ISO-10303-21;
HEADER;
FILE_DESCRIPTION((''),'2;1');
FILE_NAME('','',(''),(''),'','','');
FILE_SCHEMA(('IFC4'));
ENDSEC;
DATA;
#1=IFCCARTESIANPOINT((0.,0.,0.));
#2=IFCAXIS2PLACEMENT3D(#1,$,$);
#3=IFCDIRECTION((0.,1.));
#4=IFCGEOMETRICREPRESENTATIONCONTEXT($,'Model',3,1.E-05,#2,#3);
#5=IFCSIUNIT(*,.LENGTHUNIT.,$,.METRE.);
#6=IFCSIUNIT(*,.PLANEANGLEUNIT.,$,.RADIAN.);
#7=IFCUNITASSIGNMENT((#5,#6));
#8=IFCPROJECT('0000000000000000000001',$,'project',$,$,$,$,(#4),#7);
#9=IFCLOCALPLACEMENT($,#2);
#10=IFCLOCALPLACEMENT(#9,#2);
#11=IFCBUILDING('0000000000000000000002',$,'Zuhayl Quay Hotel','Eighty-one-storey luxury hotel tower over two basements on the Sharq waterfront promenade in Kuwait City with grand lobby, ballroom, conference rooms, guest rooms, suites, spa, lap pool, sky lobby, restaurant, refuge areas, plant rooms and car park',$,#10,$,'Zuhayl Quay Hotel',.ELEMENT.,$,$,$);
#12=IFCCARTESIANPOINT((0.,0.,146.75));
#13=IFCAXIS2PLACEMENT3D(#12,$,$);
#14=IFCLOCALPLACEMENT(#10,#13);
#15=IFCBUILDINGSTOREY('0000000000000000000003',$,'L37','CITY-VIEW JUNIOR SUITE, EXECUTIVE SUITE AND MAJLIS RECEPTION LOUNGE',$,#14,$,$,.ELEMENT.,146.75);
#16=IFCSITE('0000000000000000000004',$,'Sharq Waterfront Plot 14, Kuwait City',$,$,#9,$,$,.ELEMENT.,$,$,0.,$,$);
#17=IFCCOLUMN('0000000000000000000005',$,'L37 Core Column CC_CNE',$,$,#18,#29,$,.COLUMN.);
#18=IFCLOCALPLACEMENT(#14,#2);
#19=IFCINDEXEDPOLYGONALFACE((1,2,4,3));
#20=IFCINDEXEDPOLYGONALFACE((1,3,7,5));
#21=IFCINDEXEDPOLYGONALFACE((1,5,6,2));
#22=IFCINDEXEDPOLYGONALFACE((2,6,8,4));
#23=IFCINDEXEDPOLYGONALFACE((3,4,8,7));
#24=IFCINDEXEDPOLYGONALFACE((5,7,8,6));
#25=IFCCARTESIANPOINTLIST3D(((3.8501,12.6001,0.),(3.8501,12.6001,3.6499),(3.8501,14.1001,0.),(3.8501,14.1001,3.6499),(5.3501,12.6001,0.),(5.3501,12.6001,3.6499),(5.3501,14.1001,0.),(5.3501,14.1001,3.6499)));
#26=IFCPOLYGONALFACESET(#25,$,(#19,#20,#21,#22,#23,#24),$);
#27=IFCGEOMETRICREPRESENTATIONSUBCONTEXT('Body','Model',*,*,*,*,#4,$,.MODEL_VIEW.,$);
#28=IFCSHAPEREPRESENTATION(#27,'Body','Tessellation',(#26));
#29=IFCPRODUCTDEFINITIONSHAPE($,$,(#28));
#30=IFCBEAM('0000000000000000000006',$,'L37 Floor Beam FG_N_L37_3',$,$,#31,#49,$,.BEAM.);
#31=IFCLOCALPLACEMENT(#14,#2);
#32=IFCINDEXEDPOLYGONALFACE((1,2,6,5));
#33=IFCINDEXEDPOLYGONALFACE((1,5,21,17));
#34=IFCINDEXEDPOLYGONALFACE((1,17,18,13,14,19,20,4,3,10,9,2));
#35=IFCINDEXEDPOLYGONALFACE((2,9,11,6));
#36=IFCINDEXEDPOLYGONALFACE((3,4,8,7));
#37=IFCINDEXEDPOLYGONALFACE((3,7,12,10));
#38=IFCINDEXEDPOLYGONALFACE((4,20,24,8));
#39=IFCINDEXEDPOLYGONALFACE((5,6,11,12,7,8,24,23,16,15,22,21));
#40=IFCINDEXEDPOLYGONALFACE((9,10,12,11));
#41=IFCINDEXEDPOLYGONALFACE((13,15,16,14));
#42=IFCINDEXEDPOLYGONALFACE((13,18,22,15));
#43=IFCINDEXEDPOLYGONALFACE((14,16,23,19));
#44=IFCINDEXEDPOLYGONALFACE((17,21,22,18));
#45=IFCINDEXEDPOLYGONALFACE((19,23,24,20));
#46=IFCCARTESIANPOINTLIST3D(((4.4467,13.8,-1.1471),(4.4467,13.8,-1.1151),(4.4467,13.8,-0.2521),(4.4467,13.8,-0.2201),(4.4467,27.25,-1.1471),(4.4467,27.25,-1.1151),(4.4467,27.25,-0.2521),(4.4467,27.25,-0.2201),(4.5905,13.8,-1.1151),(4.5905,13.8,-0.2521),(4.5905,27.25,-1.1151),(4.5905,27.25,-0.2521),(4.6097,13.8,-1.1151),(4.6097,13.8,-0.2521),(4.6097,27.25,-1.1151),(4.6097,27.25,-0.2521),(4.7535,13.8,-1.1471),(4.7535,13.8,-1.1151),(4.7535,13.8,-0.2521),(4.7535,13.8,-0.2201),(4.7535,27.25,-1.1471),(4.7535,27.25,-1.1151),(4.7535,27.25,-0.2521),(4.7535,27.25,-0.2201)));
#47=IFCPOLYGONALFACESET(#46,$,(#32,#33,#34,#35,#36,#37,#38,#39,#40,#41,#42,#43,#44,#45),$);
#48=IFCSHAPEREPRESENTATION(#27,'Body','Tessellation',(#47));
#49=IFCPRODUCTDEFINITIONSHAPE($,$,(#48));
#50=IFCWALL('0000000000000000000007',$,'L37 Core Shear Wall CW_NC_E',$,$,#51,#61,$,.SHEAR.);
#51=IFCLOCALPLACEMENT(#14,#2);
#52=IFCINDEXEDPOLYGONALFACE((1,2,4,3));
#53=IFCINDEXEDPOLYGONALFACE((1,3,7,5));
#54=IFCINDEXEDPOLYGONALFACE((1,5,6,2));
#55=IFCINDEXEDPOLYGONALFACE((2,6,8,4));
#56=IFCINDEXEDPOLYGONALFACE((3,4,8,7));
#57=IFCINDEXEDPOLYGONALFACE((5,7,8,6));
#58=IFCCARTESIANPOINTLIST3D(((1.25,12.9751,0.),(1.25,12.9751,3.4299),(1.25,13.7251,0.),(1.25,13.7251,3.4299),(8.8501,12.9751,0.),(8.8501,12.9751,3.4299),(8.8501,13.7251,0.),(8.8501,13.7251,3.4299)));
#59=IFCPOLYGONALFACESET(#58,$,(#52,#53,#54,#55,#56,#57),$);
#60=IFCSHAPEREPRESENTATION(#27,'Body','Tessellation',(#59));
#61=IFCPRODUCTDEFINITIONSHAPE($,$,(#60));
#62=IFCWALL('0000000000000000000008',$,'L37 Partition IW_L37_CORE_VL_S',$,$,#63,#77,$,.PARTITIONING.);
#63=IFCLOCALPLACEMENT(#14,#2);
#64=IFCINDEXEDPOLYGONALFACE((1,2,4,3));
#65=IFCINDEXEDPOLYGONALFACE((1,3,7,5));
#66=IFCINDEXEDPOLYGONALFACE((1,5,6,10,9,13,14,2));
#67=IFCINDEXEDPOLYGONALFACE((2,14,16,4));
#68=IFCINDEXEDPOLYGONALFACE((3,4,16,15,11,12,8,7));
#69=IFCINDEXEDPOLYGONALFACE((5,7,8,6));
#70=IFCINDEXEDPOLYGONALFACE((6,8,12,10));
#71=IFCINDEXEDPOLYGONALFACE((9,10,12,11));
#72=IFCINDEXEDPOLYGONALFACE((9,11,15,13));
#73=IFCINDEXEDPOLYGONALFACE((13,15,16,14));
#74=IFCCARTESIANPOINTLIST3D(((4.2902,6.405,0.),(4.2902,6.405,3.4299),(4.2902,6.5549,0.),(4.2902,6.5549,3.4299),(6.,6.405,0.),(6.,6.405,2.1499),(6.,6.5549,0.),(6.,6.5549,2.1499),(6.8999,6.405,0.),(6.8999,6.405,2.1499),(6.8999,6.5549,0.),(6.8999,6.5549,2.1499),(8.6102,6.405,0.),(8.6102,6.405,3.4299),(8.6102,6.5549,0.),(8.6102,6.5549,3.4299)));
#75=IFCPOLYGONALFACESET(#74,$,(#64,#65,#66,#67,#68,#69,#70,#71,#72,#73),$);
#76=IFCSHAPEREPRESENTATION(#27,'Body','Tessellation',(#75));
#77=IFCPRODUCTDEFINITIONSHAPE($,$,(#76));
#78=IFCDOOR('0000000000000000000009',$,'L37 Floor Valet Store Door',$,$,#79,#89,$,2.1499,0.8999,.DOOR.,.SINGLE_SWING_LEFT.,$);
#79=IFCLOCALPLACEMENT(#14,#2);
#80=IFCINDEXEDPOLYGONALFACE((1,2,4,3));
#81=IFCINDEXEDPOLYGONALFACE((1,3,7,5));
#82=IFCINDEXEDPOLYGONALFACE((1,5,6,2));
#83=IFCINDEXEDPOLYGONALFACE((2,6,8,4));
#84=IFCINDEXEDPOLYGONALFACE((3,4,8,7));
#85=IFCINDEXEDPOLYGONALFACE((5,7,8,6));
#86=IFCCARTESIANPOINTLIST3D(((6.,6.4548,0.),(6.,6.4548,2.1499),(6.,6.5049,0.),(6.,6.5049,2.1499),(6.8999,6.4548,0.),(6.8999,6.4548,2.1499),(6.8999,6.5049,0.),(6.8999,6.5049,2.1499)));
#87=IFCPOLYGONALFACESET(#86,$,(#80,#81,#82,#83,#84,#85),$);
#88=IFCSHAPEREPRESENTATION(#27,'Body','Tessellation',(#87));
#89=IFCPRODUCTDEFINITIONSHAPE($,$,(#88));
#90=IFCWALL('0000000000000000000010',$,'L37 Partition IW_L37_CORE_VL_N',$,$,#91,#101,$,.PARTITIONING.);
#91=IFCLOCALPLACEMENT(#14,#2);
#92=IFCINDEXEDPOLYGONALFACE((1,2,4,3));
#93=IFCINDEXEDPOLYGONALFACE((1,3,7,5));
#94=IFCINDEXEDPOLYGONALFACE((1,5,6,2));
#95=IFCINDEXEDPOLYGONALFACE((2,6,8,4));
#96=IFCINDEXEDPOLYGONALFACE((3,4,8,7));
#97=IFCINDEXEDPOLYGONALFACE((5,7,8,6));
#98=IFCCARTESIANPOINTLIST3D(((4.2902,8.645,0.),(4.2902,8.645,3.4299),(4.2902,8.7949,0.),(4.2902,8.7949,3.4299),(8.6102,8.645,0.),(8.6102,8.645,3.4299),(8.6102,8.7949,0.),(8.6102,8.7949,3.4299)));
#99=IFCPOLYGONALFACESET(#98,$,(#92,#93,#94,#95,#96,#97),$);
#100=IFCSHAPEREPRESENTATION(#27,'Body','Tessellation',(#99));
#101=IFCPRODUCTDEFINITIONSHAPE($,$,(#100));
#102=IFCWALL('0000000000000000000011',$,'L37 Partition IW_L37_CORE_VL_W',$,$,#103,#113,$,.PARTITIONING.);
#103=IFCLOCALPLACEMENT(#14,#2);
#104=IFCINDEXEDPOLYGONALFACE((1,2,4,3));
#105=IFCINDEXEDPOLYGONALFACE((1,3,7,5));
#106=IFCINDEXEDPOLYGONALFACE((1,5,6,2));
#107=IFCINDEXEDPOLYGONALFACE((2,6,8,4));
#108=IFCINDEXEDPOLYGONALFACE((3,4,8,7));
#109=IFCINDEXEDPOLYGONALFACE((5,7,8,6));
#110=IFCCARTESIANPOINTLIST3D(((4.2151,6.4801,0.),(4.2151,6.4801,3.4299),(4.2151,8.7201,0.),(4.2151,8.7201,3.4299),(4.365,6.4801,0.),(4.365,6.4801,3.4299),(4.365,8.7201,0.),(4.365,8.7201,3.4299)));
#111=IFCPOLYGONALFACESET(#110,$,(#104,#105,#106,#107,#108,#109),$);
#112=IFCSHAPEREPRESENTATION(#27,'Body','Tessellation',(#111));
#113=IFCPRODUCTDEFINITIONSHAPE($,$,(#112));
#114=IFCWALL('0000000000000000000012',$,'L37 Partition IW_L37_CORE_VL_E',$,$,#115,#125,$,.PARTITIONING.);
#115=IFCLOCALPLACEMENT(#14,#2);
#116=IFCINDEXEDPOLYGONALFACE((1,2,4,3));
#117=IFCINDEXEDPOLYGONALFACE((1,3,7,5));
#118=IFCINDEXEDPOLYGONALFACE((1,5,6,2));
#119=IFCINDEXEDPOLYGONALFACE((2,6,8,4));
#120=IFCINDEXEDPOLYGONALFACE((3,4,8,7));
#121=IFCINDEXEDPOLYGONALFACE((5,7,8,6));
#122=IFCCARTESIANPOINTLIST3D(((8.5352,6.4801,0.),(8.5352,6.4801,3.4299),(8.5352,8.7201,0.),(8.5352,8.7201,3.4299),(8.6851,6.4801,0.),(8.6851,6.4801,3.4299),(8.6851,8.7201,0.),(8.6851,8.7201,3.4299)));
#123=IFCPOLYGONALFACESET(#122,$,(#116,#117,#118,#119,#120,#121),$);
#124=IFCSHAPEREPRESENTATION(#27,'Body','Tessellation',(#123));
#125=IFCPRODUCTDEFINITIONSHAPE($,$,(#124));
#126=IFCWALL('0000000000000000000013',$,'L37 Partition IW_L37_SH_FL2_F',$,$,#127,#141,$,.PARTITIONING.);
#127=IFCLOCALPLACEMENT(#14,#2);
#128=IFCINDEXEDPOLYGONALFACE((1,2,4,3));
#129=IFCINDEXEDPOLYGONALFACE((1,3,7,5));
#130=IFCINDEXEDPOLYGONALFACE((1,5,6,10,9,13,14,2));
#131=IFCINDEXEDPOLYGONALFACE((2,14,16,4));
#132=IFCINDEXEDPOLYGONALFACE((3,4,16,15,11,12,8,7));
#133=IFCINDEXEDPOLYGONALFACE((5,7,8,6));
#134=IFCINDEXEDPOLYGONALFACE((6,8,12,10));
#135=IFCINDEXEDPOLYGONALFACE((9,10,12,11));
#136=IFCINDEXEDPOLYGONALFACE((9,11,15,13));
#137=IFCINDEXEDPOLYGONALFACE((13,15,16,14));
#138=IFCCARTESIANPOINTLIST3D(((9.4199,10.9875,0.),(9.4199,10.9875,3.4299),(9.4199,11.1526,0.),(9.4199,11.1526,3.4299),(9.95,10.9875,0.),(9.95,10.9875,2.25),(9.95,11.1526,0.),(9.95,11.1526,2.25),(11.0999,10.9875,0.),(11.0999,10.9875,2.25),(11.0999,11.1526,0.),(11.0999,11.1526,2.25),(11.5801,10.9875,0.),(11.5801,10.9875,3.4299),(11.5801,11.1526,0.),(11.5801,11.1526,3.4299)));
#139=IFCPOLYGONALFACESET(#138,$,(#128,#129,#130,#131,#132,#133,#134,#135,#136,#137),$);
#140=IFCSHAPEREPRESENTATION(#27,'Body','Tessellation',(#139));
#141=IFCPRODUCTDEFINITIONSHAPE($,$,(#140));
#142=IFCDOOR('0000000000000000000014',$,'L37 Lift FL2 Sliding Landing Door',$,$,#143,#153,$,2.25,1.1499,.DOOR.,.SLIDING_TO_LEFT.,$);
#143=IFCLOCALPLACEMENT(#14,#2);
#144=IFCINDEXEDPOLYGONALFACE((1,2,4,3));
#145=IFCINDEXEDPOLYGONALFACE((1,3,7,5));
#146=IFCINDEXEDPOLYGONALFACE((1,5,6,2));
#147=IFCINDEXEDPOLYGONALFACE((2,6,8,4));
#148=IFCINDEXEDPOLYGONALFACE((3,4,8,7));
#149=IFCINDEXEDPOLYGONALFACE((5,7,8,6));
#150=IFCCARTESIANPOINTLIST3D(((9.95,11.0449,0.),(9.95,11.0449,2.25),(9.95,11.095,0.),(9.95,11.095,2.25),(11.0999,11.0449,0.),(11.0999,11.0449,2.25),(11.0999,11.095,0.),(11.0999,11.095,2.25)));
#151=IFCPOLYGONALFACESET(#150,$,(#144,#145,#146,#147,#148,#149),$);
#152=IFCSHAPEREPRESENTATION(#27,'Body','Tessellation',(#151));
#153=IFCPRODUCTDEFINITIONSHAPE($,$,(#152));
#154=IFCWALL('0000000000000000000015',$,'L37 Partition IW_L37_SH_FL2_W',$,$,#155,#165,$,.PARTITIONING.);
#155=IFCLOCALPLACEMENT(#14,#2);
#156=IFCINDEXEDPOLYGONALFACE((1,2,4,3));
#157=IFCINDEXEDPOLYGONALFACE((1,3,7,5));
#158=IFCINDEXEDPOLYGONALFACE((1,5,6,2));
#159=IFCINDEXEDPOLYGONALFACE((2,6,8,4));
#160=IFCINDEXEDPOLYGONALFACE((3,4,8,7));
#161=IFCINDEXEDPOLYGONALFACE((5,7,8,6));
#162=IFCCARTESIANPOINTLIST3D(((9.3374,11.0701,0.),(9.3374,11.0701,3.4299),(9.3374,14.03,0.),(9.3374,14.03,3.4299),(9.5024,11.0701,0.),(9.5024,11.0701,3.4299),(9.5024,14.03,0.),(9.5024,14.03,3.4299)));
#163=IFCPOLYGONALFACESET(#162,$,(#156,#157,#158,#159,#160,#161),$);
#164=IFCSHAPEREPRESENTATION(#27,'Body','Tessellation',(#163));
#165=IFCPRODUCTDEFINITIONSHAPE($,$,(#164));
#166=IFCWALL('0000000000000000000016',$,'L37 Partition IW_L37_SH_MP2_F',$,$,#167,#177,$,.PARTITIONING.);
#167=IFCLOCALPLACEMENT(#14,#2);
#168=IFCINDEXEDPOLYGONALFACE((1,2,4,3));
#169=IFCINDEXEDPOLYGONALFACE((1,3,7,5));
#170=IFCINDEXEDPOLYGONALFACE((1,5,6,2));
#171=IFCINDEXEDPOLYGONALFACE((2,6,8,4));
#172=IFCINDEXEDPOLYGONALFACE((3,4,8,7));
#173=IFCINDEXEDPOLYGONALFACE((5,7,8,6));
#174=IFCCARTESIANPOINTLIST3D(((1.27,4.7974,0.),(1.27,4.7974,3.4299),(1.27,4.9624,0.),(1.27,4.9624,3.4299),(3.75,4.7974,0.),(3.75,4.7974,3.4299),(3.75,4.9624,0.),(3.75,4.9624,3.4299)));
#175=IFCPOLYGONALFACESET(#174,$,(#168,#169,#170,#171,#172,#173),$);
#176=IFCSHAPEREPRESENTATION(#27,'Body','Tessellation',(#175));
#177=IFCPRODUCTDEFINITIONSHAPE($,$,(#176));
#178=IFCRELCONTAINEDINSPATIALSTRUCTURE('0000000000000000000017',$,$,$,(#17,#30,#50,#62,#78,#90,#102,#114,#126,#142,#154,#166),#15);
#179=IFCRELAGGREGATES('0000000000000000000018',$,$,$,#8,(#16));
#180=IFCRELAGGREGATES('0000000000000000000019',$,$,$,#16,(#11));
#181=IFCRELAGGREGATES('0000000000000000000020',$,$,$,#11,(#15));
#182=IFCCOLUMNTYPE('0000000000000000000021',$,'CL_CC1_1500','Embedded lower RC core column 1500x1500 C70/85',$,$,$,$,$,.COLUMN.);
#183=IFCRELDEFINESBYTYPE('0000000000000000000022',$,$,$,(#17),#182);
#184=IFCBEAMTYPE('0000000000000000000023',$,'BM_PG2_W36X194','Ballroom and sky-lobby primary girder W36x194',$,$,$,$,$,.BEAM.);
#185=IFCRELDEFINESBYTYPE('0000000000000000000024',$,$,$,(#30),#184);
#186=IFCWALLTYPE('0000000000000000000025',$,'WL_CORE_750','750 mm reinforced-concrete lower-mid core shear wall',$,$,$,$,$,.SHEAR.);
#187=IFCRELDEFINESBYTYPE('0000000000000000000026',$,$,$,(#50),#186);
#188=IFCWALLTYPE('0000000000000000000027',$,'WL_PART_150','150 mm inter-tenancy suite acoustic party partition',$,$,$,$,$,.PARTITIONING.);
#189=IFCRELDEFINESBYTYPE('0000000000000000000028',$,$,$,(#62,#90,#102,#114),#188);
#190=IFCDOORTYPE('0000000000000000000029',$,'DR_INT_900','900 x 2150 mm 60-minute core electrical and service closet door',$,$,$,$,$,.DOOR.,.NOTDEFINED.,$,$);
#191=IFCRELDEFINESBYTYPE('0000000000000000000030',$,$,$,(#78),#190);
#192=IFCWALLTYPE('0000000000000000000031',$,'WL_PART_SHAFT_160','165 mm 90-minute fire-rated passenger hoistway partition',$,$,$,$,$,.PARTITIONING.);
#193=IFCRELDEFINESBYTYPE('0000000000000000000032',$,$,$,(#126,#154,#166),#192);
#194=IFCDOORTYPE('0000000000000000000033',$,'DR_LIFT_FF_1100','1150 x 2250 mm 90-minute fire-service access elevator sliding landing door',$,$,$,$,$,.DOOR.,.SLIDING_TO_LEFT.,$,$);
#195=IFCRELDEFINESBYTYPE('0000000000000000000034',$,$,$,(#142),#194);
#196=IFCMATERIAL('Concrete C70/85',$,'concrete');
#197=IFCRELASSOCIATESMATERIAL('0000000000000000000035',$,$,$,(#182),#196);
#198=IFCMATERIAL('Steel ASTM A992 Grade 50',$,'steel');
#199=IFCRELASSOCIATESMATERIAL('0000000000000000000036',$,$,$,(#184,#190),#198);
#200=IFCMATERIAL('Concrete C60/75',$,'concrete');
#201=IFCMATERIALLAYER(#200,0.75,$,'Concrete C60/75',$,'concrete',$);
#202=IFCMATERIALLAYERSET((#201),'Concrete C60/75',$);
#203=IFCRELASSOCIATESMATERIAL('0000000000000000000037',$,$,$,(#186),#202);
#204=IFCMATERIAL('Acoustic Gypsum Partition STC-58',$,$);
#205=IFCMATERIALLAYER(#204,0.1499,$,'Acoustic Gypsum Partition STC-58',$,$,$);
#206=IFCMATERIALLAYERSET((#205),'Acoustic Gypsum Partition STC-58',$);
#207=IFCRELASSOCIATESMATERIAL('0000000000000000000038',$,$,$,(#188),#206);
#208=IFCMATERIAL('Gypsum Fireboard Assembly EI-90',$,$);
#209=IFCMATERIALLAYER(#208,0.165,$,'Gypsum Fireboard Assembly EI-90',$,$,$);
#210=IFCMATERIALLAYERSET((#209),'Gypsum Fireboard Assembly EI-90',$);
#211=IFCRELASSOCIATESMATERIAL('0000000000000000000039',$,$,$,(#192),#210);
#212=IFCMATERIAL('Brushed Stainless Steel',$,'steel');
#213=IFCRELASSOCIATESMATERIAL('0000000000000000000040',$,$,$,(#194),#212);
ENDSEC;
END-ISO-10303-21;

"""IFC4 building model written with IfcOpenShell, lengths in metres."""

from ifc_helpers import new_model, si_unit, direction, frame, frame_2d, origin, origin_2d, place, context, subcontext, project, spatial, rectangle, i_section, extrude, material, layer, layer_set, material_profile, profile_set, type_object, element, fill, save


model = new_model("IFC4")

# Units and contexts
model_context = context("Model", 3, precision=1e-05, world=origin(), true_north=direction((0.0, 1.0)))
body_context = subcontext(model_context, "Body", "Model", "MODEL_VIEW")
ifc_project = project(units=[si_unit("LENGTHUNIT", "METRE"), si_unit("PLANEANGLEUNIT", "RADIAN")], contexts=[model_context])

# Site, building, storey
site_placement = place(None, origin())
site = spatial("IfcSite", under=ifc_project, at=site_placement, Name="Sharq Waterfront Plot 14, Kuwait City", CompositionType="ELEMENT", RefElevation=0.0)
building_placement = place(site_placement, origin())
building = spatial("IfcBuilding", under=site, at=building_placement, Name="Zuhayl Quay Hotel", Description="Eighty-one-storey luxury hotel tower over two basements on the Sharq waterfront promenade in Kuwait City with grand lobby, ballroom, conference rooms, guest rooms, suites, spa, lap pool, sky lobby, restaurant, refuge areas, plant rooms and car park", LongName="Zuhayl Quay Hotel", CompositionType="ELEMENT")
storey_placement = place(building_placement, frame((0.0, 0.0, 146.75)))
storey = spatial("IfcBuildingStorey", under=building, at=storey_placement, Name="L37", Description="CITY-VIEW JUNIOR SUITE, EXECUTIVE SUITE AND MAJLIS RECEPTION LOUNGE", CompositionType="ELEMENT", Elevation=146.75)

# Column
ifc_material_1 = material(Name="Concrete C70/85", Category="concrete")
ifc_material_profile_1 = material_profile(ifc_material_1, rectangle(XDim=1.5, YDim=1.5, at=origin_2d()), Name="RC1500X1500")
ifc_profile_set_1 = profile_set([ifc_material_profile_1], Name="Concrete C70/85")
column_type = type_object("IfcColumnType", Name="CL_CC1_1500", Description="Embedded lower RC core column 1500x1500 C70/85", PredefinedType="COLUMN", material=ifc_profile_set_1)
column_placement = place(storey_placement, frame((4.6001, 13.3501, 0.0), z_axis=(0.0, 0.0, 1.0), x_axis=(1.0, 0.0, 0.0)))
element("IfcColumn", 1, at=column_placement, inside=storey, type_object=column_type, Name="L37 Core Column CC_CNE", PredefinedType="COLUMN", context=body_context, shape_type="SweptSolid", body=[
    extrude(rectangle(XDim=1.5, YDim=1.5, at=origin_2d()), origin(), (0.0, 0.0, 1.0), 3.6499),
])

# Beam
ifc_material_2 = material(Name="Steel ASTM A992 Grade 50", Category="steel")
ifc_material_profile_2 = material_profile(ifc_material_2, i_section(OverallWidth=0.3069, OverallDepth=0.927, WebThickness=0.0193, FlangeThickness=0.032, at=origin_2d()), Name="W36X194")
ifc_profile_set_2 = profile_set([ifc_material_profile_2], Name="Steel ASTM A992 Grade 50")
beam_type = type_object("IfcBeamType", Name="BM_PG2_W36X194", Description="Ballroom and sky-lobby primary girder W36x194", PredefinedType="BEAM", material=ifc_profile_set_2)
beam_placement = place(storey_placement, frame((4.6001, 13.8, -0.6836), z_axis=(0.0, 1.0, 0.0), x_axis=(-1.0, 0.0, 0.0)))
element("IfcBeam", 2, at=beam_placement, inside=storey, type_object=beam_type, Name="L37 Floor Beam FG_N_L37_3", PredefinedType="BEAM", context=body_context, shape_type="SweptSolid", body=[
    extrude(i_section(OverallWidth=0.3069, OverallDepth=0.927, WebThickness=0.0193, FlangeThickness=0.032, at=origin_2d()), origin(), (0.0, 0.0, 1.0), 13.45),
])

# Wall
ifc_material_3 = material(Name="Concrete C60/75", Category="concrete")
ifc_layer_1 = layer(ifc_material_3, 0.75, Name="Concrete C60/75", Category="concrete")
ifc_layer_set_1 = layer_set([ifc_layer_1], Name="Concrete C60/75")
wall_type_1 = type_object("IfcWallType", Name="WL_CORE_750", Description="750 mm reinforced-concrete lower-mid core shear wall", PredefinedType="SHEAR", material=ifc_layer_set_1)
wall_1_placement = place(storey_placement, frame((1.25, 13.3501, 0.0), z_axis=(0.0, 0.0, 1.0), x_axis=(1.0, 0.0, 0.0)))
element("IfcWall", 3, at=wall_1_placement, inside=storey, type_object=wall_type_1, Name="L37 Core Shear Wall CW_NC_E", PredefinedType="SHEAR", context=body_context, shape_type="SweptSolid", body=[
    extrude(rectangle(XDim=7.6001, YDim=0.75, at=frame_2d((3.8, 0.0))), origin(), (0.0, 0.0, 1.0), 3.4299),
])

# Wall, opening, door
ifc_material_4 = material(Name="Acoustic Gypsum Partition STC-58")
ifc_layer_2 = layer(ifc_material_4, 0.1499, Name="Acoustic Gypsum Partition STC-58")
ifc_layer_set_2 = layer_set([ifc_layer_2], Name="Acoustic Gypsum Partition STC-58")
wall_type_2 = type_object("IfcWallType", Name="WL_PART_150", Description="150 mm inter-tenancy suite acoustic party partition", PredefinedType="PARTITIONING", material=ifc_layer_set_2)
wall_2_placement = place(storey_placement, frame((4.29, 6.48, 0.0), z_axis=(0.0, 0.0, 1.0), x_axis=(1.0, 0.0, 0.0)))
wall_2 = element("IfcWall", 4, at=wall_2_placement, inside=storey, type_object=wall_type_2, Name="L37 Partition IW_L37_CORE_VL_S", PredefinedType="PARTITIONING", context=body_context, shape_type="SweptSolid", body=[
    extrude(rectangle(XDim=4.3201, YDim=0.1499, at=frame_2d((2.1602, 0.0))), origin(), (0.0, 0.0, 1.0), 3.4299),
])
opening_1_placement = place(wall_2_placement, frame((1.71, 0.0, 0.0)))
opening_1 = element("IfcOpeningElement", 5, at=opening_1_placement, cuts=wall_2, PredefinedType="OPENING", context=body_context, shape_type="SweptSolid", body=[
    extrude(rectangle(XDim=0.8999, YDim=2.1499, at=frame_2d((0.45, 1.075))), frame((0.0, 0.085, 0.0), z_axis=(0.0, -1.0, 0.0), x_axis=(1.0, 0.0, 0.0)), (0.0, 0.0, 1.0), 0.1699),
])
door_type_1 = type_object("IfcDoorType", Name="DR_INT_900", Description="900 x 2150 mm 60-minute core electrical and service closet door", OperationType="NOTDEFINED", PredefinedType="DOOR", material=ifc_material_2)
door_1_placement = place(opening_1_placement, origin())
door_1 = element("IfcDoor", 6, at=door_1_placement, inside=storey, type_object=door_type_1, Name="L37 Floor Valet Store Door", OperationType="SINGLE_SWING_LEFT", OverallHeight=2.1499, OverallWidth=0.8999, PredefinedType="DOOR", context=body_context, shape_type="SweptSolid", body=[
    extrude(rectangle(XDim=0.8999, YDim=2.1499, at=frame_2d((0.45, 1.075))), frame((0.0, 0.0249, 0.0), z_axis=(0.0, -1.0, 0.0), x_axis=(1.0, 0.0, 0.0)), (0.0, 0.0, 1.0), 0.05),
])
fill(opening_1, door_1)

# Walls
wall_3_placement = place(storey_placement, frame((4.29, 8.72, 0.0), z_axis=(0.0, 0.0, 1.0), x_axis=(1.0, 0.0, 0.0)))
element("IfcWall", 7, at=wall_3_placement, inside=storey, type_object=wall_type_2, Name="L37 Partition IW_L37_CORE_VL_N", PredefinedType="PARTITIONING", context=body_context, shape_type="SweptSolid", body=[
    extrude(rectangle(XDim=4.3201, YDim=0.1499, at=frame_2d((2.1602, 0.0))), origin(), (0.0, 0.0, 1.0), 3.4299),
])
for number, where, z_axis, x_axis, name in (
    (8, (4.29, 6.48, 0.0), (0.0, 0.0, 1.0), (0.0, 1.0, 0.0), "L37 Partition IW_L37_CORE_VL_W"),
    (9, (8.6101, 6.48, 0.0), (0.0, 0.0, 1.0), (0.0, 1.0, 0.0), "L37 Partition IW_L37_CORE_VL_E"),
):
    element("IfcWall", number, at=place(storey_placement, frame(where, z_axis=z_axis, x_axis=x_axis)), inside=storey, type_object=wall_type_2, Name=name, PredefinedType="PARTITIONING", context=body_context, shape_type="SweptSolid", body=[
        extrude(rectangle(XDim=2.24, YDim=0.1499, at=frame_2d((1.1201, 0.0))), origin(), (0.0, 0.0, 1.0), 3.4299),
    ])

# Wall, opening, door
ifc_material_5 = material(Name="Gypsum Fireboard Assembly EI-90")
ifc_layer_3 = layer(ifc_material_5, 0.165, Name="Gypsum Fireboard Assembly EI-90")
ifc_layer_set_3 = layer_set([ifc_layer_3], Name="Gypsum Fireboard Assembly EI-90")
wall_type_3 = type_object("IfcWallType", Name="WL_PART_SHAFT_160", Description="165 mm 90-minute fire-rated passenger hoistway partition", PredefinedType="PARTITIONING", material=ifc_layer_set_3)
wall_4_placement = place(storey_placement, frame((9.4199, 11.0701, 0.0), z_axis=(0.0, 0.0, 1.0), x_axis=(1.0, 0.0, 0.0)))
wall_4 = element("IfcWall", 10, at=wall_4_placement, inside=storey, type_object=wall_type_3, Name="L37 Partition IW_L37_SH_FL2_F", PredefinedType="PARTITIONING", context=body_context, shape_type="SweptSolid", body=[
    extrude(rectangle(XDim=2.1602, YDim=0.165, at=frame_2d((1.0801, 0.0))), origin(), (0.0, 0.0, 1.0), 3.4299),
])
opening_2_placement = place(wall_4_placement, frame((0.53, 0.0, 0.0)))
opening_2 = element("IfcOpeningElement", 11, at=opening_2_placement, cuts=wall_4, PredefinedType="OPENING", context=body_context, shape_type="SweptSolid", body=[
    extrude(rectangle(XDim=1.1499, YDim=2.25, at=frame_2d((0.575, 1.125))), frame((0.0, 0.0925, 0.0), z_axis=(0.0, -1.0, 0.0), x_axis=(1.0, 0.0, 0.0)), (0.0, 0.0, 1.0), 0.1851),
])
ifc_material_6 = material(Name="Brushed Stainless Steel", Category="steel")
door_type_2 = type_object("IfcDoorType", Name="DR_LIFT_FF_1100", Description="1150 x 2250 mm 90-minute fire-service access elevator sliding landing door", OperationType="SLIDING_TO_LEFT", PredefinedType="DOOR", material=ifc_material_6)
door_2_placement = place(opening_2_placement, origin())
door_2 = element("IfcDoor", 12, at=door_2_placement, inside=storey, type_object=door_type_2, Name="L37 Lift FL2 Sliding Landing Door", OperationType="SLIDING_TO_LEFT", OverallHeight=2.25, OverallWidth=1.1499, PredefinedType="DOOR", context=body_context, shape_type="SweptSolid", body=[
    extrude(rectangle(XDim=1.1499, YDim=2.25, at=frame_2d((0.575, 1.125))), frame((0.0, 0.0249, 0.0), z_axis=(0.0, -1.0, 0.0), x_axis=(1.0, 0.0, 0.0)), (0.0, 0.0, 1.0), 0.05),
])
fill(opening_2, door_2)

# Walls
wall_5_placement = place(storey_placement, frame((9.4199, 11.0701, 0.0), z_axis=(0.0, 0.0, 1.0), x_axis=(0.0, 1.0, 0.0)))
element("IfcWall", 13, at=wall_5_placement, inside=storey, type_object=wall_type_3, Name="L37 Partition IW_L37_SH_FL2_W", PredefinedType="PARTITIONING", context=body_context, shape_type="SweptSolid", body=[
    extrude(rectangle(XDim=2.96, YDim=0.165, at=frame_2d((1.48, 0.0))), origin(), (0.0, 0.0, 1.0), 3.4299),
])
for number, where, z_axis, x_axis, name in (
    (14, (1.27, 4.8799, 0.0), (0.0, 0.0, 1.0), (1.0, 0.0, 0.0), "L37 Partition IW_L37_SH_MP2_F"),
):
    element("IfcWall", number, at=place(storey_placement, frame(where, z_axis=z_axis, x_axis=x_axis)), inside=storey, type_object=wall_type_3, Name=name, PredefinedType="PARTITIONING", context=body_context, shape_type="SweptSolid", body=[
        extrude(rectangle(XDim=2.48, YDim=0.165, at=frame_2d((1.24, 0.0))), origin(), (0.0, 0.0, 1.0), 3.4299),
    ])

save(model, "model.ifc")
